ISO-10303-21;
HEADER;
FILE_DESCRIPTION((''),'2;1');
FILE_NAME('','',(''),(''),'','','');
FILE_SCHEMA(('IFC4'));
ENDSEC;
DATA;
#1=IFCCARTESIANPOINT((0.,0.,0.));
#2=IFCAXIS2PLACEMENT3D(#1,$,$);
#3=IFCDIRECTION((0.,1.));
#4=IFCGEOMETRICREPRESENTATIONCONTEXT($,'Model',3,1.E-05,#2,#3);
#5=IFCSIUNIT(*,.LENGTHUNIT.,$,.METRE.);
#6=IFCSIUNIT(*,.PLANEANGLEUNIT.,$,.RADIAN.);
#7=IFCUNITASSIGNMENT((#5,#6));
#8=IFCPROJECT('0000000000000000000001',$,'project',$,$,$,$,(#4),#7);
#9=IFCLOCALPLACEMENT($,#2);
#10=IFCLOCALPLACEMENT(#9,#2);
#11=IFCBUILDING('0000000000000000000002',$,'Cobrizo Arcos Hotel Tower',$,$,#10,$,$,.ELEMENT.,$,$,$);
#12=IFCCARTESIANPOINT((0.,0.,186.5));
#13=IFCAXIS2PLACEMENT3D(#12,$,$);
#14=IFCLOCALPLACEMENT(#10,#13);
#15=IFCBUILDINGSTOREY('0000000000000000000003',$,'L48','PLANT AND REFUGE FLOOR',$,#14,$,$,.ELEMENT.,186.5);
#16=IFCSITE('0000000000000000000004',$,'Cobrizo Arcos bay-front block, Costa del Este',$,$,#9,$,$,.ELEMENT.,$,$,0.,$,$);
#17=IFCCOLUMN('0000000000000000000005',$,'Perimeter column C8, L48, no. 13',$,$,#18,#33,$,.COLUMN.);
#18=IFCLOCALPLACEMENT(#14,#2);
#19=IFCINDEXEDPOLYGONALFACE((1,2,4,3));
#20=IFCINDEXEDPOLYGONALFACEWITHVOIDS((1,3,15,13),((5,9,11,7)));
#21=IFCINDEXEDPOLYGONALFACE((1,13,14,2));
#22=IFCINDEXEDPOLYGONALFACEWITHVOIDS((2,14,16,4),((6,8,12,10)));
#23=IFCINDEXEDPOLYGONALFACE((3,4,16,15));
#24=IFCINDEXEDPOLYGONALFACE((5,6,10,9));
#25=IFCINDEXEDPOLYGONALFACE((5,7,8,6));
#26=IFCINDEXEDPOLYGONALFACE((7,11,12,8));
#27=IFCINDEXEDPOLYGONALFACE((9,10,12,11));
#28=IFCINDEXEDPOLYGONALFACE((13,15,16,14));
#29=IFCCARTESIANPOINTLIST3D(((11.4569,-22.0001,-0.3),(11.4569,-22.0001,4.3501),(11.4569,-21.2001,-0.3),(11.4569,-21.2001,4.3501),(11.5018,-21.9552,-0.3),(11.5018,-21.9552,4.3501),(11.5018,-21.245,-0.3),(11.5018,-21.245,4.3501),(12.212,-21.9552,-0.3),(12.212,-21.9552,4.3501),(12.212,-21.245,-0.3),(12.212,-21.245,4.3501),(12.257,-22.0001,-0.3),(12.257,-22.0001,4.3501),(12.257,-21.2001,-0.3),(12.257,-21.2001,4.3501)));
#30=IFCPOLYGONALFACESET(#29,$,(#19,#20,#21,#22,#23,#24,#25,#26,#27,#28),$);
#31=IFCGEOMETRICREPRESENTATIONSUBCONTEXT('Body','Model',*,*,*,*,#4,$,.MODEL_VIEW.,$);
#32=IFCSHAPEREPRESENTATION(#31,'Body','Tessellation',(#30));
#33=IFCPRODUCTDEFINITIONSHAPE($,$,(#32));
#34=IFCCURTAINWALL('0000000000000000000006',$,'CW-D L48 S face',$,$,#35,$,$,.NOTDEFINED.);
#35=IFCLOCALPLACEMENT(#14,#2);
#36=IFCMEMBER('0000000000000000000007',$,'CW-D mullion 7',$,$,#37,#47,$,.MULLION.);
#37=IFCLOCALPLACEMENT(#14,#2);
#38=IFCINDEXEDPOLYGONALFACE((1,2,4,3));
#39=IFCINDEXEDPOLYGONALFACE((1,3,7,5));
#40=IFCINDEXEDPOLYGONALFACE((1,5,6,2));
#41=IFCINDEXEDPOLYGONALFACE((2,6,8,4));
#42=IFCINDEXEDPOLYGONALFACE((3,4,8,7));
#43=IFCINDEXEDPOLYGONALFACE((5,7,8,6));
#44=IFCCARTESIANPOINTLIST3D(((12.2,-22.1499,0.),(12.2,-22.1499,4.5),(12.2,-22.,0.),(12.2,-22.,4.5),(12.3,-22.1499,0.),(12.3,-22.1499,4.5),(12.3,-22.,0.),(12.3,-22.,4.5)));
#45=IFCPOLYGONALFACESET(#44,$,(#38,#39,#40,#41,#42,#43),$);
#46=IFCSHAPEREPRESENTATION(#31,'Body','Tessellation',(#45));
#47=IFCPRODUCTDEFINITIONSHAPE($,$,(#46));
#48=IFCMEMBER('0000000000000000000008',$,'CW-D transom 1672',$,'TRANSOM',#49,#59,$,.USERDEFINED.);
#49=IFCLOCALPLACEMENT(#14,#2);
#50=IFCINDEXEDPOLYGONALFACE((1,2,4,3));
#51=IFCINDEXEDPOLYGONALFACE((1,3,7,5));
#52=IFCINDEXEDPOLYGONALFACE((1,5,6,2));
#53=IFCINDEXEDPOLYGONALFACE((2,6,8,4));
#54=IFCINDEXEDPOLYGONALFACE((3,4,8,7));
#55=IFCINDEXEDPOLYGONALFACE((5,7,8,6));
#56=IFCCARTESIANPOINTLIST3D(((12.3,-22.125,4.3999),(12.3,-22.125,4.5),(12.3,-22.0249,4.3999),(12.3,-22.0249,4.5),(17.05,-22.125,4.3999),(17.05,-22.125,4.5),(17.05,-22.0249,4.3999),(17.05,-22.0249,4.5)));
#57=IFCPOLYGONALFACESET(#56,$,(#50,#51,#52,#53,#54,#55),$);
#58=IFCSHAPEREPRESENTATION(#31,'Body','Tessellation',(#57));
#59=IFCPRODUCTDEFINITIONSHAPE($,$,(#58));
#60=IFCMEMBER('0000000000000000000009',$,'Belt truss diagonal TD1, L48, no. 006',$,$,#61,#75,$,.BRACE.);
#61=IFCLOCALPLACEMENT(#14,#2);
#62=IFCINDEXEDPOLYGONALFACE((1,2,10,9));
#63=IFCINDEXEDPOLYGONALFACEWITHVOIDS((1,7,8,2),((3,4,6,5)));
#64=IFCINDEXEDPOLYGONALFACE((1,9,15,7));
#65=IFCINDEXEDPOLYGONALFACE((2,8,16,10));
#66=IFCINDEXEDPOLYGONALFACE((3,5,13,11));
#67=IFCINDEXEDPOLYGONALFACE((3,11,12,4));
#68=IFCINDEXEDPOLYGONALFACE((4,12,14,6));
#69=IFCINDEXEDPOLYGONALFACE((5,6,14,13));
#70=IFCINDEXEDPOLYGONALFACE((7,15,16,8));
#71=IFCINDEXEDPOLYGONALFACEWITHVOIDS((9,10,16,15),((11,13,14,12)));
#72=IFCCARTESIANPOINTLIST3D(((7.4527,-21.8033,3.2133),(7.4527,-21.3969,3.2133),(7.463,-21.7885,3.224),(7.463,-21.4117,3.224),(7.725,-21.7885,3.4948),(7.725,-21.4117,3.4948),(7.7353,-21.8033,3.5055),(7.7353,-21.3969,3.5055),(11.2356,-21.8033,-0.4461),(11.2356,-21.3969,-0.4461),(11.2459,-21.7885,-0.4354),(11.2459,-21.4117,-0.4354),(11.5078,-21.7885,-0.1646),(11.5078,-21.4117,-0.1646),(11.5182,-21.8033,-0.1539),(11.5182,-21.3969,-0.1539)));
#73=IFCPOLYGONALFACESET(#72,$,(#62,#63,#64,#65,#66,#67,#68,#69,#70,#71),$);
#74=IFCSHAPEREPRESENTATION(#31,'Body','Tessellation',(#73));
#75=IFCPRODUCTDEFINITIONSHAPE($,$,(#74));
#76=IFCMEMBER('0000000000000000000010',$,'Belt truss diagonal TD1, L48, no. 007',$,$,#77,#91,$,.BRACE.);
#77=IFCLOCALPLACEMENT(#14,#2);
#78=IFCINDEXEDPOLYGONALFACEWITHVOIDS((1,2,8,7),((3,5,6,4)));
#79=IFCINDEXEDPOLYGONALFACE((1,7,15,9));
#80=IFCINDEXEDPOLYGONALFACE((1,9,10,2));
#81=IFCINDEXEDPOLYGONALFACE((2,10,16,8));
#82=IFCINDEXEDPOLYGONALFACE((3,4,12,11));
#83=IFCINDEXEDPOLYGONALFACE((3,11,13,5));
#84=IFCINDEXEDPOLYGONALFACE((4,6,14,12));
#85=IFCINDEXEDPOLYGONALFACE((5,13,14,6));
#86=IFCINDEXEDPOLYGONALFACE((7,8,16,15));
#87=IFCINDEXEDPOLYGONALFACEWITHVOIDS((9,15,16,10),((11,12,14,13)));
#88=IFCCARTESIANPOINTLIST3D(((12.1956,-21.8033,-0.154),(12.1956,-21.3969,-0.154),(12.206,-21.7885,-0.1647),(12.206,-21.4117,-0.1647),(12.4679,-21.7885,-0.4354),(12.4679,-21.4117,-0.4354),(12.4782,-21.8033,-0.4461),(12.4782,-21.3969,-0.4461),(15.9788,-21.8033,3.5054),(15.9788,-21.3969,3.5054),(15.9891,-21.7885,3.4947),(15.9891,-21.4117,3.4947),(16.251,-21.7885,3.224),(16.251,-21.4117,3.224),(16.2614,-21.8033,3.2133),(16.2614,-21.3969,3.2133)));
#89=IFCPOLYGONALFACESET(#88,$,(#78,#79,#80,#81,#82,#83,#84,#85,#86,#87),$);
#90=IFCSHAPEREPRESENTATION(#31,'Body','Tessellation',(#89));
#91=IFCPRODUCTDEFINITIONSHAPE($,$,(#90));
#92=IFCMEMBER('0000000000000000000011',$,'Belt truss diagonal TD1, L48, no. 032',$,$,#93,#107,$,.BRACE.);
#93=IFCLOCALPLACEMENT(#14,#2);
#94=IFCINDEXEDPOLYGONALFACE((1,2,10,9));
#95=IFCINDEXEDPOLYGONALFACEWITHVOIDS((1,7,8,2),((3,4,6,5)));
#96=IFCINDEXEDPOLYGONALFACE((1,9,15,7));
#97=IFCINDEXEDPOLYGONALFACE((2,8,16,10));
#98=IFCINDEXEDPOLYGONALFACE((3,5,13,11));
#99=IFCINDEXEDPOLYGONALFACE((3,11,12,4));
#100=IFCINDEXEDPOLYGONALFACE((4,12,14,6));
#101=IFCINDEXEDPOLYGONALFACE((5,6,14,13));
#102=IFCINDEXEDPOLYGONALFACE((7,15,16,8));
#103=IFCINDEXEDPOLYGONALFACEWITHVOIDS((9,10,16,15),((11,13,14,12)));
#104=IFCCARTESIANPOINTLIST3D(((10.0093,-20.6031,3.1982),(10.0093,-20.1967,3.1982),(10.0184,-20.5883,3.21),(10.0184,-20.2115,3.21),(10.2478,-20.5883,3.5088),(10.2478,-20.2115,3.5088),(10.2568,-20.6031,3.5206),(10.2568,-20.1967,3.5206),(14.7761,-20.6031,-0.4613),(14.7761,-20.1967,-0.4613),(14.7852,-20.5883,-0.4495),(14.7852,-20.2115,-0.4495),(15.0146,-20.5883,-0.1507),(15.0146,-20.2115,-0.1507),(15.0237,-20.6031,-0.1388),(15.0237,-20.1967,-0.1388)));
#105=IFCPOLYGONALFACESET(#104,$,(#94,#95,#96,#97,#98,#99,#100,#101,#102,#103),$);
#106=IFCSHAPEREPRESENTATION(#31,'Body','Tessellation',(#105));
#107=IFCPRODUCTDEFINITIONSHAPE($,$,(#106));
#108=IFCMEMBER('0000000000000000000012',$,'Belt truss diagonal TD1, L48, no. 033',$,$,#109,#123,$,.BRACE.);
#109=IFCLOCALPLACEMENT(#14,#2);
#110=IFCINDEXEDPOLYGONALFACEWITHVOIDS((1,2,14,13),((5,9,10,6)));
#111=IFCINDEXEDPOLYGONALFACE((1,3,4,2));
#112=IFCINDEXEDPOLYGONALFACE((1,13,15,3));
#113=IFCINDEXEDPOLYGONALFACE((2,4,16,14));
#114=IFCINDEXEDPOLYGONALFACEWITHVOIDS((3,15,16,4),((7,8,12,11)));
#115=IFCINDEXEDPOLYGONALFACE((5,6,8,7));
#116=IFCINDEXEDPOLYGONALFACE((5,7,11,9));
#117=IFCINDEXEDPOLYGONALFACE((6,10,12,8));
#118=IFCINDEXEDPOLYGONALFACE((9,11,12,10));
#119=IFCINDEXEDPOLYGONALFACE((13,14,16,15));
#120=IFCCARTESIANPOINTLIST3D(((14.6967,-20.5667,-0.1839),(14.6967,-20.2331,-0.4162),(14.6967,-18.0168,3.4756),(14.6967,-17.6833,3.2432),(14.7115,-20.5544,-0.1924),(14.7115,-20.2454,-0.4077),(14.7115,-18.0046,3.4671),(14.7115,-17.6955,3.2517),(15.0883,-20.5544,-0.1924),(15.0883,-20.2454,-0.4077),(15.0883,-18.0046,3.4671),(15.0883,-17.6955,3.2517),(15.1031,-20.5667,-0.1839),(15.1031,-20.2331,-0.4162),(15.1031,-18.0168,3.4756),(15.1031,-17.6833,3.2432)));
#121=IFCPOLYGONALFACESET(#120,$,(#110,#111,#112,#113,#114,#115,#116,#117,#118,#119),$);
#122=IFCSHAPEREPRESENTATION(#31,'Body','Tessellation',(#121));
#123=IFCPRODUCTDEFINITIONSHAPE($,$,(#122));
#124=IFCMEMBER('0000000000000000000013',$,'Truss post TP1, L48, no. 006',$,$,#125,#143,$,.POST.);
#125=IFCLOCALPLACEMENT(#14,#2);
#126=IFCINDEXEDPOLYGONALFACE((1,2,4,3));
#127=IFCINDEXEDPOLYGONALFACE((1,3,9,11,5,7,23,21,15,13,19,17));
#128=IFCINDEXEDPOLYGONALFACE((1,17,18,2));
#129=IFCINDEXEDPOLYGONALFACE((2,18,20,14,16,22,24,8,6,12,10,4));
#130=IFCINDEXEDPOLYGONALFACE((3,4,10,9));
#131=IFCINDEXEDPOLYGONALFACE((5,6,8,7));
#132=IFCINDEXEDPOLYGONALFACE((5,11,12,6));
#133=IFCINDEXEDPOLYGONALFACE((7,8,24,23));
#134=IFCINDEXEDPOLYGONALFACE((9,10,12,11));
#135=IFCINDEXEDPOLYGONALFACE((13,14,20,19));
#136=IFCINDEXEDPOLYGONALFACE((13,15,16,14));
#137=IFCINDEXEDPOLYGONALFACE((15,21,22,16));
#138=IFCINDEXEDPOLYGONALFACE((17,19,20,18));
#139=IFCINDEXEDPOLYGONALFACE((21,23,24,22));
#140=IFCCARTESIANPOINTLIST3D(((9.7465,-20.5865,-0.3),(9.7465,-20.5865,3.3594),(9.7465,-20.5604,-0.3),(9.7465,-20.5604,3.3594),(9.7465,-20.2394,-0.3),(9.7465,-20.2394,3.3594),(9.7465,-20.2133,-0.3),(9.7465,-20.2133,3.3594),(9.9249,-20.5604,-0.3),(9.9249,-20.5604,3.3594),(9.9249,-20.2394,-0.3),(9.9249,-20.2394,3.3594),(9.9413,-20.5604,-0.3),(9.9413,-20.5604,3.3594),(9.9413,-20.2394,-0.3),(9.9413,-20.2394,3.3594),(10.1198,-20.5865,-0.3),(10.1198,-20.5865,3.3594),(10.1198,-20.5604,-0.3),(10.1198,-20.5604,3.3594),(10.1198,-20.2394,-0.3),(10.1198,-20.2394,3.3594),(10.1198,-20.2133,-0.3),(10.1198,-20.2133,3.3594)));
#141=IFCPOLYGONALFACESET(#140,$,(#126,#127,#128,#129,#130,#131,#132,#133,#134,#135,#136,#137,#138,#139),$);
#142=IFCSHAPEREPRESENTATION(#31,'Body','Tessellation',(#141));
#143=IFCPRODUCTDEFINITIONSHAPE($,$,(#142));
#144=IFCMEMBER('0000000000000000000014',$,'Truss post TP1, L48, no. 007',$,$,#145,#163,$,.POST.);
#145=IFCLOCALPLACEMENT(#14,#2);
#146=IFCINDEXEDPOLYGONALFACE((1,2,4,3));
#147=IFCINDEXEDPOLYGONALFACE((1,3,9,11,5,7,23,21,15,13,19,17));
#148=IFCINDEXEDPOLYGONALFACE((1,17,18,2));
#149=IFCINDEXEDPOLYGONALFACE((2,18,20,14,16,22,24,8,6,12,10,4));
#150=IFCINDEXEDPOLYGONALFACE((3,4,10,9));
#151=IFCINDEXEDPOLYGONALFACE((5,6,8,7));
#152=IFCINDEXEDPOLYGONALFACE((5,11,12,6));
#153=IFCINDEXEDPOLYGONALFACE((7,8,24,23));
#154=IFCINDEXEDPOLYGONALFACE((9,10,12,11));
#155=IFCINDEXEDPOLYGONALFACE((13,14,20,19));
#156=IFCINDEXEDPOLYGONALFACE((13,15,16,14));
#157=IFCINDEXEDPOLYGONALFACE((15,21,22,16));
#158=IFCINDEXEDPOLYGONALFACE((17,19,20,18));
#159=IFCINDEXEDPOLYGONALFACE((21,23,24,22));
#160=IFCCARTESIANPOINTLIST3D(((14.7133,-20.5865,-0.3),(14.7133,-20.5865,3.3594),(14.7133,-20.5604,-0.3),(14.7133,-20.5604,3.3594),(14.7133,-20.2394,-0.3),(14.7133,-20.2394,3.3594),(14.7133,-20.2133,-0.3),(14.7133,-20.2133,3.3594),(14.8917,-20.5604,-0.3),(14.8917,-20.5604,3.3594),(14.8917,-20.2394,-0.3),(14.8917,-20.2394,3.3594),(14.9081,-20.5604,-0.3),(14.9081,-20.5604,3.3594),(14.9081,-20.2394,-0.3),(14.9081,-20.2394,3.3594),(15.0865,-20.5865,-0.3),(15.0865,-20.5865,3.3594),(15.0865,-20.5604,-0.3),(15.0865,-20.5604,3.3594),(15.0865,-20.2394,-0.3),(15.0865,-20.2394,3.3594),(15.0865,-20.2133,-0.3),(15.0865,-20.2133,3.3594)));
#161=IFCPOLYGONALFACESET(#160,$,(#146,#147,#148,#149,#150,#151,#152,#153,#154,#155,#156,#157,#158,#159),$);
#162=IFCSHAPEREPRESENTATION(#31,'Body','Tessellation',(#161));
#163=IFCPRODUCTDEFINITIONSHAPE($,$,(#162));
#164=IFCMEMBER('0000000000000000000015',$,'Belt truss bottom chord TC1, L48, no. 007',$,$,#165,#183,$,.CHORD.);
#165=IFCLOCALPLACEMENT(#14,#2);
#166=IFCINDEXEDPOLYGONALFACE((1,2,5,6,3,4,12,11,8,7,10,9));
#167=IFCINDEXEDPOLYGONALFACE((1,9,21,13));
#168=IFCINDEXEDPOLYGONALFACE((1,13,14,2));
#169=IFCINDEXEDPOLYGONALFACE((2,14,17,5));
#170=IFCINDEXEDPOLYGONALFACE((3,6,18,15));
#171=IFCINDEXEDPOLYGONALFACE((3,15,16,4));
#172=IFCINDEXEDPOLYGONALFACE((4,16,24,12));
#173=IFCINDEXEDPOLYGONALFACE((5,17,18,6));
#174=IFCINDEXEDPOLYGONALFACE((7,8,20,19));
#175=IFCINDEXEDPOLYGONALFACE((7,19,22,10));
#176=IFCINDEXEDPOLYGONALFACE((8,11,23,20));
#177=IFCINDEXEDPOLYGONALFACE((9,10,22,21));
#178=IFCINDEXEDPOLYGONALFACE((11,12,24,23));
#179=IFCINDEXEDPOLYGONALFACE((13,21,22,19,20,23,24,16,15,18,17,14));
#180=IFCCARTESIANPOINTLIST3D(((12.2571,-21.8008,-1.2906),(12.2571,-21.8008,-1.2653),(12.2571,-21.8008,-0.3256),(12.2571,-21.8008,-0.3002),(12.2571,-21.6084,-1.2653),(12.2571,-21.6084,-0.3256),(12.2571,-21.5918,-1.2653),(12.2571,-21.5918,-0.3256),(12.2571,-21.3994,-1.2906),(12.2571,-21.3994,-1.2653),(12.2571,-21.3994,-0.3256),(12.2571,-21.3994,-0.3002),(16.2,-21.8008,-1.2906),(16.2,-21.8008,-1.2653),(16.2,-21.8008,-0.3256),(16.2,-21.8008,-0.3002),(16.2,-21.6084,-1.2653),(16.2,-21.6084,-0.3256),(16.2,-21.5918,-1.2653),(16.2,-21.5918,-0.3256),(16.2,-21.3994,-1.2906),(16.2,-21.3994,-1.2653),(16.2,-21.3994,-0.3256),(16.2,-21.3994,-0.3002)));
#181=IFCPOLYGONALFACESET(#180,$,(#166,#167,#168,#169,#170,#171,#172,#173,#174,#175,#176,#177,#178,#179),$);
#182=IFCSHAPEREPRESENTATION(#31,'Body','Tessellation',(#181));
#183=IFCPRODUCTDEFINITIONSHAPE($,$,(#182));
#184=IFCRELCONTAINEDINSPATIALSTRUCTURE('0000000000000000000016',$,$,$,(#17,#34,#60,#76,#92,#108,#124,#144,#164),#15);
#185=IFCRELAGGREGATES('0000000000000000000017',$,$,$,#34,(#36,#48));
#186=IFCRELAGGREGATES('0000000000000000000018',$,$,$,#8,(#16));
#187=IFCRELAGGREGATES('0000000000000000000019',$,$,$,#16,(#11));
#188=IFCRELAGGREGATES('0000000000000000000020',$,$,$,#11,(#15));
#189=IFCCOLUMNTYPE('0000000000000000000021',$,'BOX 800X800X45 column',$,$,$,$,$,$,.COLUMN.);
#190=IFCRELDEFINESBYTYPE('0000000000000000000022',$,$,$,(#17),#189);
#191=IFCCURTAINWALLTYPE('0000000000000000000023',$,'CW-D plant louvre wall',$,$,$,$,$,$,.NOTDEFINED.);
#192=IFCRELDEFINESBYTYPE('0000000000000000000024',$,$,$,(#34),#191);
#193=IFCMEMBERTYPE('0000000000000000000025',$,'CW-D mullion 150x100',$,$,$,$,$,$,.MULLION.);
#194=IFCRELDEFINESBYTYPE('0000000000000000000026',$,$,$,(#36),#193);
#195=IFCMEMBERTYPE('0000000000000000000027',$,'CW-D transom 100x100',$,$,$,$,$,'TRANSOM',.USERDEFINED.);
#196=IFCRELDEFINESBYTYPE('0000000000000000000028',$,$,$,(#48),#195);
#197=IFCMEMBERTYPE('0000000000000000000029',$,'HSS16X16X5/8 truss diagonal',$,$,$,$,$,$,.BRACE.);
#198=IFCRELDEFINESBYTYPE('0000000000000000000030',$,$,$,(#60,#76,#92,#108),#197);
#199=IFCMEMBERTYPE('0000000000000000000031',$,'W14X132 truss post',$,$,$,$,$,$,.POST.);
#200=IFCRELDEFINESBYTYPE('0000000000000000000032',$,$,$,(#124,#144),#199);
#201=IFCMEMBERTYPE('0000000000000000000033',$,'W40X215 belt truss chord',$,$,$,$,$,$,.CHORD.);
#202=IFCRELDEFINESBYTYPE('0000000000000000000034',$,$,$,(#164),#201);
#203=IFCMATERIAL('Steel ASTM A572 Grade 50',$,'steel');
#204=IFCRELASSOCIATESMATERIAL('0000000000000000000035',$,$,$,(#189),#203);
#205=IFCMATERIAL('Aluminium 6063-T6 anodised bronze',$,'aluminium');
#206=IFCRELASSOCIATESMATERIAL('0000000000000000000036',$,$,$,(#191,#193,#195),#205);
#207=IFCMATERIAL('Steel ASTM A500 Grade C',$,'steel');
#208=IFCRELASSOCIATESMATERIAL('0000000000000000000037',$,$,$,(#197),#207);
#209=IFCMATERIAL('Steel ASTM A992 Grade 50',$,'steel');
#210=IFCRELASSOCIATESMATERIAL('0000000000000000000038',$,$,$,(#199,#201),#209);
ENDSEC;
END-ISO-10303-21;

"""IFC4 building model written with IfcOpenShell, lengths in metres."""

from ifc_helpers import new_model, si_unit, direction, frame, origin, origin_2d, place, context, subcontext, project, spatial, rectangle, hollow_rectangle, i_section, extrude, material, material_profile, profile_set, type_object, element, aggregate, save


model = new_model("IFC4")

# Units and contexts
model_context = context("Model", 3, precision=1e-05, world=origin(), true_north=direction((0.0, 1.0)))
body_context = subcontext(model_context, "Body", "Model", "MODEL_VIEW")
ifc_project = project(units=[si_unit("LENGTHUNIT", "METRE"), si_unit("PLANEANGLEUNIT", "RADIAN")], contexts=[model_context])

# Site, building, storey
site_placement = place(None, origin())
site = spatial("IfcSite", under=ifc_project, at=site_placement, Name="Cobrizo Arcos bay-front block, Costa del Este", CompositionType="ELEMENT", RefElevation=0.0)
building_placement = place(site_placement, origin())
building = spatial("IfcBuilding", under=site, at=building_placement, Name="Cobrizo Arcos Hotel Tower", CompositionType="ELEMENT")
storey_placement = place(building_placement, frame((0.0, 0.0, 186.5)))
storey = spatial("IfcBuildingStorey", under=building, at=storey_placement, Name="L48", Description="PLANT AND REFUGE FLOOR", CompositionType="ELEMENT", Elevation=186.5)

# Column
ifc_material_1 = material(Name="Steel ASTM A572 Grade 50", Category="steel")
ifc_material_profile_1 = material_profile(ifc_material_1, hollow_rectangle(XDim=0.8, YDim=0.8, WallThickness=0.0449, at=origin_2d()), Name="BOX 800X800X45")
ifc_profile_set_1 = profile_set([ifc_material_profile_1], Name="Steel ASTM A572 Grade 50")
column_type = type_object("IfcColumnType", Name="BOX 800X800X45 column", PredefinedType="COLUMN", material=ifc_profile_set_1)
column_placement = place(storey_placement, frame((11.8569, -21.6001, -0.3), z_axis=(0.0, 0.0, 1.0), x_axis=(1.0, 0.0, 0.0)))
element("IfcColumn", 1, at=column_placement, inside=storey, type_object=column_type, Name="Perimeter column C8, L48, no. 13", PredefinedType="COLUMN", context=body_context, shape_type="SweptSolid", body=[
    extrude(hollow_rectangle(XDim=0.8, YDim=0.8, WallThickness=0.0449, at=origin_2d()), origin(), (0.0, 0.0, 1.0), 4.6501),
])

# Curtain wall, members
ifc_material_2 = material(Name="Aluminium 6063-T6 anodised bronze", Category="aluminium")
curtain_wall_type = type_object("IfcCurtainWallType", Name="CW-D plant louvre wall", PredefinedType="NOTDEFINED", material=ifc_material_2)
curtain_wall_placement = place(storey_placement, origin())
curtain_wall = element("IfcCurtainWall", 2, at=curtain_wall_placement, inside=storey, type_object=curtain_wall_type, Name="CW-D L48 S face", PredefinedType="NOTDEFINED")
ifc_material_profile_2 = material_profile(ifc_material_2, rectangle(XDim=0.1499, YDim=0.1001, at=origin_2d()), Name="CW-D mullion 150x100")
ifc_profile_set_2 = profile_set([ifc_material_profile_2], Name="Aluminium 6063-T6 anodised bronze")
member_type_1 = type_object("IfcMemberType", Name="CW-D mullion 150x100", PredefinedType="MULLION", material=ifc_profile_set_2)
member_1_placement = place(storey_placement, frame((12.25, -22.075, 0.0), z_axis=(0.0, 0.0, 1.0), x_axis=(0.0, -1.0, 0.0)))
member_1 = element("IfcMember", 3, at=member_1_placement, type_object=member_type_1, Name="CW-D mullion 7", PredefinedType="MULLION", context=body_context, shape_type="SweptSolid", body=[
    extrude(rectangle(XDim=0.1499, YDim=0.1001, at=origin_2d()), origin(), (0.0, 0.0, 1.0), 4.5),
])
ifc_material_profile_3 = material_profile(ifc_material_2, rectangle(XDim=0.1001, YDim=0.1001, at=origin_2d()), Name="CW-D transom 100x100")
ifc_profile_set_3 = profile_set([ifc_material_profile_3], Name="Aluminium 6063-T6 anodised bronze")
member_type_2 = type_object("IfcMemberType", Name="CW-D transom 100x100", ElementType="TRANSOM", PredefinedType="USERDEFINED", material=ifc_profile_set_3)
member_2_placement = place(storey_placement, frame((12.3, -22.075, 4.45), z_axis=(1.0, 0.0, 0.0), x_axis=(0.0, 1.0, 0.0)))
member_2 = element("IfcMember", 4, at=member_2_placement, type_object=member_type_2, Name="CW-D transom 1672", ObjectType="TRANSOM", PredefinedType="USERDEFINED", context=body_context, shape_type="SweptSolid", body=[
    extrude(rectangle(XDim=0.1001, YDim=0.1001, at=origin_2d()), origin(), (0.0, 0.0, 1.0), 4.75),
])

# Members
ifc_material_3 = material(Name="Steel ASTM A500 Grade C", Category="steel")
ifc_material_profile_4 = material_profile(ifc_material_3, hollow_rectangle(XDim=0.4065, YDim=0.4065, WallThickness=0.0149, at=origin_2d()), Name="HSS16X16X5/8")
ifc_profile_set_4 = profile_set([ifc_material_profile_4], Name="Steel ASTM A500 Grade C")
member_type_3 = type_object("IfcMemberType", Name="HSS16X16X5/8 truss diagonal", PredefinedType="BRACE", material=ifc_profile_set_4)
member_3_placement = place(storey_placement, frame((7.594, -21.6001, 3.3594), z_axis=(0.718745, 0.0, -0.695274), x_axis=(0.0, 1.0, 0.0)))
element("IfcMember", 5, at=member_3_placement, inside=storey, type_object=member_type_3, Name="Belt truss diagonal TD1, L48, no. 006", PredefinedType="BRACE", context=body_context, shape_type="SweptSolid", body=[
    extrude(hollow_rectangle(XDim=0.4065, YDim=0.4065, WallThickness=0.0149, at=origin_2d()), origin(), (0.0, 0.0, 1.0), 5.2632),
])
member_4_placement = place(storey_placement, frame((12.3369, -21.6001, -0.3), z_axis=(0.718767, 0.0, 0.695251), x_axis=(0.0, 1.0, 0.0)))
element("IfcMember", 6, at=member_4_placement, inside=storey, type_object=member_type_3, Name="Belt truss diagonal TD1, L48, no. 007", PredefinedType="BRACE", context=body_context, shape_type="SweptSolid", body=[
    extrude(hollow_rectangle(XDim=0.4065, YDim=0.4065, WallThickness=0.0149, at=origin_2d()), origin(), (0.0, 0.0, 1.0), 5.2634),
])
member_5_placement = place(storey_placement, frame((10.1331, -20.3999, 3.3594), z_axis=(0.793217, 0.0, -0.608939), x_axis=(0.0, 1.0, 0.0)))
element("IfcMember", 7, at=member_5_placement, inside=storey, type_object=member_type_3, Name="Belt truss diagonal TD1, L48, no. 032", PredefinedType="BRACE", context=body_context, shape_type="SweptSolid", body=[
    extrude(hollow_rectangle(XDim=0.4065, YDim=0.4065, WallThickness=0.0149, at=origin_2d()), origin(), (0.0, 0.0, 1.0), 6.0095),
])
member_6_placement = place(storey_placement, frame((14.8999, -20.3999, -0.3), z_axis=(0.0, 0.571687, 0.820472), x_axis=(-1.0, 0.0, 0.0)))
element("IfcMember", 8, at=member_6_placement, inside=storey, type_object=member_type_3, Name="Belt truss diagonal TD1, L48, no. 033", PredefinedType="BRACE", context=body_context, shape_type="SweptSolid", body=[
    extrude(hollow_rectangle(XDim=0.4065, YDim=0.4065, WallThickness=0.0149, at=origin_2d()), origin(), (0.0, 0.0, 1.0), 4.4602),
])
ifc_material_4 = material(Name="Steel ASTM A992 Grade 50", Category="steel")
ifc_material_profile_5 = material_profile(ifc_material_4, i_section(OverallWidth=0.3733, OverallDepth=0.3733, WebThickness=0.0164, FlangeThickness=0.0261, at=origin_2d()), Name="W14X132")
ifc_profile_set_5 = profile_set([ifc_material_profile_5], Name="Steel ASTM A992 Grade 50")
member_type_4 = type_object("IfcMemberType", Name="W14X132 truss post", PredefinedType="POST", material=ifc_profile_set_5)
for number, where, z_axis, x_axis, name in (
    (9, (9.9331, -20.3999, -0.3), (0.0, 0.0, 1.0), (1.0, 0.0, 0.0), "Truss post TP1, L48, no. 006"),
    (10, (14.8999, -20.3999, -0.3), (0.0, 0.0, 1.0), (1.0, 0.0, 0.0), "Truss post TP1, L48, no. 007"),
):
    element("IfcMember", number, at=place(storey_placement, frame(where, z_axis=z_axis, x_axis=x_axis)), inside=storey, type_object=member_type_4, Name=name, PredefinedType="POST", context=body_context, shape_type="SweptSolid", body=[
        extrude(i_section(OverallWidth=0.3733, OverallDepth=0.3733, WebThickness=0.0164, FlangeThickness=0.0261, at=origin_2d()), origin(), (0.0, 0.0, 1.0), 3.6594),
    ])
ifc_material_profile_6 = material_profile(ifc_material_4, i_section(OverallWidth=0.4014, OverallDepth=0.9905, WebThickness=0.0166, FlangeThickness=0.0254, at=origin_2d()), Name="W40X215")
ifc_profile_set_6 = profile_set([ifc_material_profile_6], Name="Steel ASTM A992 Grade 50")
member_type_5 = type_object("IfcMemberType", Name="W40X215 belt truss chord", PredefinedType="CHORD", material=ifc_profile_set_6)
member_7_placement = place(storey_placement, frame((12.2571, -21.6001, -0.7954), z_axis=(1.0, 0.0, 0.0), x_axis=(0.0, 1.0, 0.0)))
element("IfcMember", 11, at=member_7_placement, inside=storey, type_object=member_type_5, Name="Belt truss bottom chord TC1, L48, no. 007", PredefinedType="CHORD", context=body_context, shape_type="SweptSolid", body=[
    extrude(i_section(OverallWidth=0.4014, OverallDepth=0.9905, WebThickness=0.0166, FlangeThickness=0.0254, at=origin_2d()), origin(), (0.0, 0.0, 1.0), 3.9429),
])

aggregate(curtain_wall, [member_1, member_2])

save(model, "model.ifc")
